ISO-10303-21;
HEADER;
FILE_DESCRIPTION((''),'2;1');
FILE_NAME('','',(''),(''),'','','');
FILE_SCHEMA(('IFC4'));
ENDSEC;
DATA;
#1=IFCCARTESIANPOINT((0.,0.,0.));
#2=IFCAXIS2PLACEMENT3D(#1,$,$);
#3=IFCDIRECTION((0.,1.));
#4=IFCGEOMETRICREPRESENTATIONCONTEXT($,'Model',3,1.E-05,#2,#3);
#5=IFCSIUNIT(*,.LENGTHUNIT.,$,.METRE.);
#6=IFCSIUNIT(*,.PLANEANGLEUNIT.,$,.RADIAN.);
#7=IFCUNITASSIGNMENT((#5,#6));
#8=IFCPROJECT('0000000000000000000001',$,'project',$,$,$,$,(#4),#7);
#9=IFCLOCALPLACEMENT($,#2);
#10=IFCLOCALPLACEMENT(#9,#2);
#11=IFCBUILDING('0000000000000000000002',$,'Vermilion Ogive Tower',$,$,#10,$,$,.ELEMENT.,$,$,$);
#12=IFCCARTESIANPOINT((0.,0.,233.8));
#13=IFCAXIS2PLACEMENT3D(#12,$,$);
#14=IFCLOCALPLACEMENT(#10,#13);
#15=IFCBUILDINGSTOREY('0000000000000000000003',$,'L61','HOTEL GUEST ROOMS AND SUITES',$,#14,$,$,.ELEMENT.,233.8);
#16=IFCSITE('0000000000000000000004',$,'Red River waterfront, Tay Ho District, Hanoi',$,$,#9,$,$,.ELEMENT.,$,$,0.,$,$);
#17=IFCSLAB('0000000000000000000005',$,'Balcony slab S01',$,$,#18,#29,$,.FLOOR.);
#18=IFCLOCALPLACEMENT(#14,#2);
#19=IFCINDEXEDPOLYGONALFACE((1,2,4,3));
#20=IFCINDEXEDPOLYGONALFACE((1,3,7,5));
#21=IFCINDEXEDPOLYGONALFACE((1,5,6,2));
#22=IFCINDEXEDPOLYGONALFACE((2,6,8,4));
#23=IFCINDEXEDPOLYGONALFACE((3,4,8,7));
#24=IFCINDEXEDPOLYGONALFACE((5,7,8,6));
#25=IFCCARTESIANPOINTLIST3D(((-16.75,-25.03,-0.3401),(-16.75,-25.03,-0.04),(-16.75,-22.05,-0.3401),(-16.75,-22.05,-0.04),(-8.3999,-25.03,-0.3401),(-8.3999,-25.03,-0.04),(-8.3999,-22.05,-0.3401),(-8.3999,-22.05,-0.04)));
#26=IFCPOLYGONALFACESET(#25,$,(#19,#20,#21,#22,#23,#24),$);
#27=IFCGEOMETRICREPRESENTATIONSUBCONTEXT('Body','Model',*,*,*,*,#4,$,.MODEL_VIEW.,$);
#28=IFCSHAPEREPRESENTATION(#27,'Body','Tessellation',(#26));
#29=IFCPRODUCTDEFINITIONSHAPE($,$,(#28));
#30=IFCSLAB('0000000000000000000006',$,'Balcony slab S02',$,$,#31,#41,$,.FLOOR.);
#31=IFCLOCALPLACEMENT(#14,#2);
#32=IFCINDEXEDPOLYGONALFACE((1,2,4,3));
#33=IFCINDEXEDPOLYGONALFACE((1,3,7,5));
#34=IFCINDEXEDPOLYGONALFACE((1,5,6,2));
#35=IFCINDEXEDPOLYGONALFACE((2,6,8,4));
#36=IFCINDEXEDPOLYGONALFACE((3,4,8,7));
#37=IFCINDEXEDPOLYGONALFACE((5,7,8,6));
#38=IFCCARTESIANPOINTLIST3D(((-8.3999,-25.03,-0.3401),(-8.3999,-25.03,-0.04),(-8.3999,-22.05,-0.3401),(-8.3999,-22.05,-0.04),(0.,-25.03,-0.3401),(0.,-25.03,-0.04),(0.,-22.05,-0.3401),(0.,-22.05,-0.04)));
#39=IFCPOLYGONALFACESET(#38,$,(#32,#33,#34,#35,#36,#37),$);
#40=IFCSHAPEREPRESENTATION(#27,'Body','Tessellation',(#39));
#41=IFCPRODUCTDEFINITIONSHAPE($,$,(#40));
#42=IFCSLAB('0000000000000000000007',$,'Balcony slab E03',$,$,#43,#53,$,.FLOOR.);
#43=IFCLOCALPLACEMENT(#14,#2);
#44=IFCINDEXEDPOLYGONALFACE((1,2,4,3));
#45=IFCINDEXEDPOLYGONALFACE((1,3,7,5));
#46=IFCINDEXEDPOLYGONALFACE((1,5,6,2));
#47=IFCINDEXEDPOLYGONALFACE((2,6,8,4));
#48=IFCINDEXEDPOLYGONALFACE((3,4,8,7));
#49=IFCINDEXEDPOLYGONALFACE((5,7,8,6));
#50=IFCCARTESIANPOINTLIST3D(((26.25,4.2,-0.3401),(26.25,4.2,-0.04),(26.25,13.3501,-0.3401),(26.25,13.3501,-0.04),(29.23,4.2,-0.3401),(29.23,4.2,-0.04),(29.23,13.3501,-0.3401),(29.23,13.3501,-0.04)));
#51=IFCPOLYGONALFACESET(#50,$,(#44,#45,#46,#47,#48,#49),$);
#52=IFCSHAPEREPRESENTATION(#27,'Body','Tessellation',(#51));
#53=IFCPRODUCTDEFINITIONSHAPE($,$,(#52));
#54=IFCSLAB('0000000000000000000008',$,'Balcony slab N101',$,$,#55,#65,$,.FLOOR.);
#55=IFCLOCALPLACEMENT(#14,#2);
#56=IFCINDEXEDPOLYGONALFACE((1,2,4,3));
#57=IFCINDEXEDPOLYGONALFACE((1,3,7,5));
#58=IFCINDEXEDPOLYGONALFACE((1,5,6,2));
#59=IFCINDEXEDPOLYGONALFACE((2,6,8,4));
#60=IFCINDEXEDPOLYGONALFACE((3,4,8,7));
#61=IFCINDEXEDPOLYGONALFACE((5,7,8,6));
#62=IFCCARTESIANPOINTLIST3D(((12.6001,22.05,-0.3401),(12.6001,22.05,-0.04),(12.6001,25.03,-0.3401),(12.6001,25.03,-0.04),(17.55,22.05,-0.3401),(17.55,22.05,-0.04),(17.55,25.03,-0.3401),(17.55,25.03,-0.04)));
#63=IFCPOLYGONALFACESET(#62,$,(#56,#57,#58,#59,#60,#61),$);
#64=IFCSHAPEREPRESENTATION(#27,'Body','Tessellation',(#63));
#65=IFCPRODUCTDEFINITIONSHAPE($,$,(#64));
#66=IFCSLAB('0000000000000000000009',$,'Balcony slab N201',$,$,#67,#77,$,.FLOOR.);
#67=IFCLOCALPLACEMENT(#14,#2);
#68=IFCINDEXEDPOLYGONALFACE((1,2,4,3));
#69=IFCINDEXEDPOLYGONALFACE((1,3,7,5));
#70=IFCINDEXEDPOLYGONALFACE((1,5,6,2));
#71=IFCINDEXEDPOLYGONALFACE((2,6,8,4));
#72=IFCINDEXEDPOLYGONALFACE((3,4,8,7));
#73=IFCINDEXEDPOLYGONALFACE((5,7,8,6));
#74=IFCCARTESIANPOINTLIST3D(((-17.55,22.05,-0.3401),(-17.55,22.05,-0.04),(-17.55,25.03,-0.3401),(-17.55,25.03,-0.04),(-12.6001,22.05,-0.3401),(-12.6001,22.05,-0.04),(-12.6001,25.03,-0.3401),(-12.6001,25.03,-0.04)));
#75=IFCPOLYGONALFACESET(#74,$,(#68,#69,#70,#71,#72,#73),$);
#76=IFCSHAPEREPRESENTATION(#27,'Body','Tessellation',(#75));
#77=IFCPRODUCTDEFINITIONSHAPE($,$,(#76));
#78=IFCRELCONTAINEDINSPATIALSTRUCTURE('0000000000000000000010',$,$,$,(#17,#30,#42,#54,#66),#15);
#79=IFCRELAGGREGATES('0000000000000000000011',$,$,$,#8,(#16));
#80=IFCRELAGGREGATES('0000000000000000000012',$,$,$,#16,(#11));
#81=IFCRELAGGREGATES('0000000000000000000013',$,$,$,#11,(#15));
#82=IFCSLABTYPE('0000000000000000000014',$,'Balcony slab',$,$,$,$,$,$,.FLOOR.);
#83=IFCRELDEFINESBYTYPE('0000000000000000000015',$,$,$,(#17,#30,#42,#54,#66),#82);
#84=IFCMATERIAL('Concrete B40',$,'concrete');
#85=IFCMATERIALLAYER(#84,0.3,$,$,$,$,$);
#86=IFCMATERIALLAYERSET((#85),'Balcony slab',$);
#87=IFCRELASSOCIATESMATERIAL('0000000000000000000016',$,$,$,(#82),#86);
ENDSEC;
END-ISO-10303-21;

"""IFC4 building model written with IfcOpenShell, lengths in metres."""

from ifc_helpers import new_model, si_unit, direction, frame, origin, place, context, subcontext, project, spatial, polyline, outline, extrude, material, layer, layer_set, type_object, element, save


model = new_model("IFC4")

# Units and contexts
model_context = context("Model", 3, precision=1e-05, world=origin(), true_north=direction((0.0, 1.0)))
body_context = subcontext(model_context, "Body", "Model", "MODEL_VIEW")
ifc_project = project(units=[si_unit("LENGTHUNIT", "METRE"), si_unit("PLANEANGLEUNIT", "RADIAN")], contexts=[model_context])

# Site, building, storey
site_placement = place(None, origin())
site = spatial("IfcSite", under=ifc_project, at=site_placement, Name="Red River waterfront, Tay Ho District, Hanoi", CompositionType="ELEMENT", RefElevation=0.0)
building_placement = place(site_placement, origin())
building = spatial("IfcBuilding", under=site, at=building_placement, Name="Vermilion Ogive Tower", CompositionType="ELEMENT")
storey_placement = place(building_placement, frame((0.0, 0.0, 233.8)))
storey = spatial("IfcBuildingStorey", under=building, at=storey_placement, Name="L61", Description="HOTEL GUEST ROOMS AND SUITES", CompositionType="ELEMENT", Elevation=233.8)

# Slabs
ifc_material_1 = material(Name="Concrete B40", Category="concrete")
ifc_layer_1 = layer(ifc_material_1, 0.3)
ifc_layer_set_1 = layer_set([ifc_layer_1], Name="Balcony slab")
slab_type_1 = type_object("IfcSlabType", Name="Balcony slab", PredefinedType="FLOOR", material=ifc_layer_set_1)
slab_1_placement = place(storey_placement, frame((0.0, 0.0, -0.3401)))
element("IfcSlab", 1, at=slab_1_placement, inside=storey, type_object=slab_type_1, Name="Balcony slab S01", PredefinedType="FLOOR", context=body_context, shape_type="SweptSolid", body=[
    extrude(outline(polyline([(-16.75, -25.03), (-8.3999, -25.03), (-8.3999, -22.05), (-16.75, -22.05), (-16.75, -25.03)])), origin(), (0.0, 0.0, 1.0), 0.3),
])
slab_2_placement = place(storey_placement, frame((0.0, 0.0, -0.3401)))
element("IfcSlab", 2, at=slab_2_placement, inside=storey, type_object=slab_type_1, Name="Balcony slab S02", PredefinedType="FLOOR", context=body_context, shape_type="SweptSolid", body=[
    extrude(outline(polyline([(-8.3999, -25.03), (0.0, -25.03), (0.0, -22.05), (-8.3999, -22.05), (-8.3999, -25.03)])), origin(), (0.0, 0.0, 1.0), 0.3),
])
slab_3_placement = place(storey_placement, frame((0.0, 0.0, -0.3401)))
element("IfcSlab", 3, at=slab_3_placement, inside=storey, type_object=slab_type_1, Name="Balcony slab E03", PredefinedType="FLOOR", context=body_context, shape_type="SweptSolid", body=[
    extrude(outline(polyline([(29.23, 4.2), (29.23, 13.3501), (26.25, 13.3501), (26.25, 4.2), (29.23, 4.2)])), origin(), (0.0, 0.0, 1.0), 0.3),
])
slab_4_placement = place(storey_placement, frame((0.0, 0.0, -0.3401)))
element("IfcSlab", 4, at=slab_4_placement, inside=storey, type_object=slab_type_1, Name="Balcony slab N101", PredefinedType="FLOOR", context=body_context, shape_type="SweptSolid", body=[
    extrude(outline(polyline([(17.55, 25.03), (12.6001, 25.03), (12.6001, 22.05), (17.55, 22.05), (17.55, 25.03)])), origin(), (0.0, 0.0, 1.0), 0.3),
])
slab_5_placement = place(storey_placement, frame((0.0, 0.0, -0.3401)))
element("IfcSlab", 5, at=slab_5_placement, inside=storey, type_object=slab_type_1, Name="Balcony slab N201", PredefinedType="FLOOR", context=body_context, shape_type="SweptSolid", body=[
    extrude(outline(polyline([(-12.6001, 25.03), (-17.55, 25.03), (-17.55, 22.05), (-12.6001, 22.05), (-12.6001, 25.03)])), origin(), (0.0, 0.0, 1.0), 0.3),
])

save(model, "model.ifc")
